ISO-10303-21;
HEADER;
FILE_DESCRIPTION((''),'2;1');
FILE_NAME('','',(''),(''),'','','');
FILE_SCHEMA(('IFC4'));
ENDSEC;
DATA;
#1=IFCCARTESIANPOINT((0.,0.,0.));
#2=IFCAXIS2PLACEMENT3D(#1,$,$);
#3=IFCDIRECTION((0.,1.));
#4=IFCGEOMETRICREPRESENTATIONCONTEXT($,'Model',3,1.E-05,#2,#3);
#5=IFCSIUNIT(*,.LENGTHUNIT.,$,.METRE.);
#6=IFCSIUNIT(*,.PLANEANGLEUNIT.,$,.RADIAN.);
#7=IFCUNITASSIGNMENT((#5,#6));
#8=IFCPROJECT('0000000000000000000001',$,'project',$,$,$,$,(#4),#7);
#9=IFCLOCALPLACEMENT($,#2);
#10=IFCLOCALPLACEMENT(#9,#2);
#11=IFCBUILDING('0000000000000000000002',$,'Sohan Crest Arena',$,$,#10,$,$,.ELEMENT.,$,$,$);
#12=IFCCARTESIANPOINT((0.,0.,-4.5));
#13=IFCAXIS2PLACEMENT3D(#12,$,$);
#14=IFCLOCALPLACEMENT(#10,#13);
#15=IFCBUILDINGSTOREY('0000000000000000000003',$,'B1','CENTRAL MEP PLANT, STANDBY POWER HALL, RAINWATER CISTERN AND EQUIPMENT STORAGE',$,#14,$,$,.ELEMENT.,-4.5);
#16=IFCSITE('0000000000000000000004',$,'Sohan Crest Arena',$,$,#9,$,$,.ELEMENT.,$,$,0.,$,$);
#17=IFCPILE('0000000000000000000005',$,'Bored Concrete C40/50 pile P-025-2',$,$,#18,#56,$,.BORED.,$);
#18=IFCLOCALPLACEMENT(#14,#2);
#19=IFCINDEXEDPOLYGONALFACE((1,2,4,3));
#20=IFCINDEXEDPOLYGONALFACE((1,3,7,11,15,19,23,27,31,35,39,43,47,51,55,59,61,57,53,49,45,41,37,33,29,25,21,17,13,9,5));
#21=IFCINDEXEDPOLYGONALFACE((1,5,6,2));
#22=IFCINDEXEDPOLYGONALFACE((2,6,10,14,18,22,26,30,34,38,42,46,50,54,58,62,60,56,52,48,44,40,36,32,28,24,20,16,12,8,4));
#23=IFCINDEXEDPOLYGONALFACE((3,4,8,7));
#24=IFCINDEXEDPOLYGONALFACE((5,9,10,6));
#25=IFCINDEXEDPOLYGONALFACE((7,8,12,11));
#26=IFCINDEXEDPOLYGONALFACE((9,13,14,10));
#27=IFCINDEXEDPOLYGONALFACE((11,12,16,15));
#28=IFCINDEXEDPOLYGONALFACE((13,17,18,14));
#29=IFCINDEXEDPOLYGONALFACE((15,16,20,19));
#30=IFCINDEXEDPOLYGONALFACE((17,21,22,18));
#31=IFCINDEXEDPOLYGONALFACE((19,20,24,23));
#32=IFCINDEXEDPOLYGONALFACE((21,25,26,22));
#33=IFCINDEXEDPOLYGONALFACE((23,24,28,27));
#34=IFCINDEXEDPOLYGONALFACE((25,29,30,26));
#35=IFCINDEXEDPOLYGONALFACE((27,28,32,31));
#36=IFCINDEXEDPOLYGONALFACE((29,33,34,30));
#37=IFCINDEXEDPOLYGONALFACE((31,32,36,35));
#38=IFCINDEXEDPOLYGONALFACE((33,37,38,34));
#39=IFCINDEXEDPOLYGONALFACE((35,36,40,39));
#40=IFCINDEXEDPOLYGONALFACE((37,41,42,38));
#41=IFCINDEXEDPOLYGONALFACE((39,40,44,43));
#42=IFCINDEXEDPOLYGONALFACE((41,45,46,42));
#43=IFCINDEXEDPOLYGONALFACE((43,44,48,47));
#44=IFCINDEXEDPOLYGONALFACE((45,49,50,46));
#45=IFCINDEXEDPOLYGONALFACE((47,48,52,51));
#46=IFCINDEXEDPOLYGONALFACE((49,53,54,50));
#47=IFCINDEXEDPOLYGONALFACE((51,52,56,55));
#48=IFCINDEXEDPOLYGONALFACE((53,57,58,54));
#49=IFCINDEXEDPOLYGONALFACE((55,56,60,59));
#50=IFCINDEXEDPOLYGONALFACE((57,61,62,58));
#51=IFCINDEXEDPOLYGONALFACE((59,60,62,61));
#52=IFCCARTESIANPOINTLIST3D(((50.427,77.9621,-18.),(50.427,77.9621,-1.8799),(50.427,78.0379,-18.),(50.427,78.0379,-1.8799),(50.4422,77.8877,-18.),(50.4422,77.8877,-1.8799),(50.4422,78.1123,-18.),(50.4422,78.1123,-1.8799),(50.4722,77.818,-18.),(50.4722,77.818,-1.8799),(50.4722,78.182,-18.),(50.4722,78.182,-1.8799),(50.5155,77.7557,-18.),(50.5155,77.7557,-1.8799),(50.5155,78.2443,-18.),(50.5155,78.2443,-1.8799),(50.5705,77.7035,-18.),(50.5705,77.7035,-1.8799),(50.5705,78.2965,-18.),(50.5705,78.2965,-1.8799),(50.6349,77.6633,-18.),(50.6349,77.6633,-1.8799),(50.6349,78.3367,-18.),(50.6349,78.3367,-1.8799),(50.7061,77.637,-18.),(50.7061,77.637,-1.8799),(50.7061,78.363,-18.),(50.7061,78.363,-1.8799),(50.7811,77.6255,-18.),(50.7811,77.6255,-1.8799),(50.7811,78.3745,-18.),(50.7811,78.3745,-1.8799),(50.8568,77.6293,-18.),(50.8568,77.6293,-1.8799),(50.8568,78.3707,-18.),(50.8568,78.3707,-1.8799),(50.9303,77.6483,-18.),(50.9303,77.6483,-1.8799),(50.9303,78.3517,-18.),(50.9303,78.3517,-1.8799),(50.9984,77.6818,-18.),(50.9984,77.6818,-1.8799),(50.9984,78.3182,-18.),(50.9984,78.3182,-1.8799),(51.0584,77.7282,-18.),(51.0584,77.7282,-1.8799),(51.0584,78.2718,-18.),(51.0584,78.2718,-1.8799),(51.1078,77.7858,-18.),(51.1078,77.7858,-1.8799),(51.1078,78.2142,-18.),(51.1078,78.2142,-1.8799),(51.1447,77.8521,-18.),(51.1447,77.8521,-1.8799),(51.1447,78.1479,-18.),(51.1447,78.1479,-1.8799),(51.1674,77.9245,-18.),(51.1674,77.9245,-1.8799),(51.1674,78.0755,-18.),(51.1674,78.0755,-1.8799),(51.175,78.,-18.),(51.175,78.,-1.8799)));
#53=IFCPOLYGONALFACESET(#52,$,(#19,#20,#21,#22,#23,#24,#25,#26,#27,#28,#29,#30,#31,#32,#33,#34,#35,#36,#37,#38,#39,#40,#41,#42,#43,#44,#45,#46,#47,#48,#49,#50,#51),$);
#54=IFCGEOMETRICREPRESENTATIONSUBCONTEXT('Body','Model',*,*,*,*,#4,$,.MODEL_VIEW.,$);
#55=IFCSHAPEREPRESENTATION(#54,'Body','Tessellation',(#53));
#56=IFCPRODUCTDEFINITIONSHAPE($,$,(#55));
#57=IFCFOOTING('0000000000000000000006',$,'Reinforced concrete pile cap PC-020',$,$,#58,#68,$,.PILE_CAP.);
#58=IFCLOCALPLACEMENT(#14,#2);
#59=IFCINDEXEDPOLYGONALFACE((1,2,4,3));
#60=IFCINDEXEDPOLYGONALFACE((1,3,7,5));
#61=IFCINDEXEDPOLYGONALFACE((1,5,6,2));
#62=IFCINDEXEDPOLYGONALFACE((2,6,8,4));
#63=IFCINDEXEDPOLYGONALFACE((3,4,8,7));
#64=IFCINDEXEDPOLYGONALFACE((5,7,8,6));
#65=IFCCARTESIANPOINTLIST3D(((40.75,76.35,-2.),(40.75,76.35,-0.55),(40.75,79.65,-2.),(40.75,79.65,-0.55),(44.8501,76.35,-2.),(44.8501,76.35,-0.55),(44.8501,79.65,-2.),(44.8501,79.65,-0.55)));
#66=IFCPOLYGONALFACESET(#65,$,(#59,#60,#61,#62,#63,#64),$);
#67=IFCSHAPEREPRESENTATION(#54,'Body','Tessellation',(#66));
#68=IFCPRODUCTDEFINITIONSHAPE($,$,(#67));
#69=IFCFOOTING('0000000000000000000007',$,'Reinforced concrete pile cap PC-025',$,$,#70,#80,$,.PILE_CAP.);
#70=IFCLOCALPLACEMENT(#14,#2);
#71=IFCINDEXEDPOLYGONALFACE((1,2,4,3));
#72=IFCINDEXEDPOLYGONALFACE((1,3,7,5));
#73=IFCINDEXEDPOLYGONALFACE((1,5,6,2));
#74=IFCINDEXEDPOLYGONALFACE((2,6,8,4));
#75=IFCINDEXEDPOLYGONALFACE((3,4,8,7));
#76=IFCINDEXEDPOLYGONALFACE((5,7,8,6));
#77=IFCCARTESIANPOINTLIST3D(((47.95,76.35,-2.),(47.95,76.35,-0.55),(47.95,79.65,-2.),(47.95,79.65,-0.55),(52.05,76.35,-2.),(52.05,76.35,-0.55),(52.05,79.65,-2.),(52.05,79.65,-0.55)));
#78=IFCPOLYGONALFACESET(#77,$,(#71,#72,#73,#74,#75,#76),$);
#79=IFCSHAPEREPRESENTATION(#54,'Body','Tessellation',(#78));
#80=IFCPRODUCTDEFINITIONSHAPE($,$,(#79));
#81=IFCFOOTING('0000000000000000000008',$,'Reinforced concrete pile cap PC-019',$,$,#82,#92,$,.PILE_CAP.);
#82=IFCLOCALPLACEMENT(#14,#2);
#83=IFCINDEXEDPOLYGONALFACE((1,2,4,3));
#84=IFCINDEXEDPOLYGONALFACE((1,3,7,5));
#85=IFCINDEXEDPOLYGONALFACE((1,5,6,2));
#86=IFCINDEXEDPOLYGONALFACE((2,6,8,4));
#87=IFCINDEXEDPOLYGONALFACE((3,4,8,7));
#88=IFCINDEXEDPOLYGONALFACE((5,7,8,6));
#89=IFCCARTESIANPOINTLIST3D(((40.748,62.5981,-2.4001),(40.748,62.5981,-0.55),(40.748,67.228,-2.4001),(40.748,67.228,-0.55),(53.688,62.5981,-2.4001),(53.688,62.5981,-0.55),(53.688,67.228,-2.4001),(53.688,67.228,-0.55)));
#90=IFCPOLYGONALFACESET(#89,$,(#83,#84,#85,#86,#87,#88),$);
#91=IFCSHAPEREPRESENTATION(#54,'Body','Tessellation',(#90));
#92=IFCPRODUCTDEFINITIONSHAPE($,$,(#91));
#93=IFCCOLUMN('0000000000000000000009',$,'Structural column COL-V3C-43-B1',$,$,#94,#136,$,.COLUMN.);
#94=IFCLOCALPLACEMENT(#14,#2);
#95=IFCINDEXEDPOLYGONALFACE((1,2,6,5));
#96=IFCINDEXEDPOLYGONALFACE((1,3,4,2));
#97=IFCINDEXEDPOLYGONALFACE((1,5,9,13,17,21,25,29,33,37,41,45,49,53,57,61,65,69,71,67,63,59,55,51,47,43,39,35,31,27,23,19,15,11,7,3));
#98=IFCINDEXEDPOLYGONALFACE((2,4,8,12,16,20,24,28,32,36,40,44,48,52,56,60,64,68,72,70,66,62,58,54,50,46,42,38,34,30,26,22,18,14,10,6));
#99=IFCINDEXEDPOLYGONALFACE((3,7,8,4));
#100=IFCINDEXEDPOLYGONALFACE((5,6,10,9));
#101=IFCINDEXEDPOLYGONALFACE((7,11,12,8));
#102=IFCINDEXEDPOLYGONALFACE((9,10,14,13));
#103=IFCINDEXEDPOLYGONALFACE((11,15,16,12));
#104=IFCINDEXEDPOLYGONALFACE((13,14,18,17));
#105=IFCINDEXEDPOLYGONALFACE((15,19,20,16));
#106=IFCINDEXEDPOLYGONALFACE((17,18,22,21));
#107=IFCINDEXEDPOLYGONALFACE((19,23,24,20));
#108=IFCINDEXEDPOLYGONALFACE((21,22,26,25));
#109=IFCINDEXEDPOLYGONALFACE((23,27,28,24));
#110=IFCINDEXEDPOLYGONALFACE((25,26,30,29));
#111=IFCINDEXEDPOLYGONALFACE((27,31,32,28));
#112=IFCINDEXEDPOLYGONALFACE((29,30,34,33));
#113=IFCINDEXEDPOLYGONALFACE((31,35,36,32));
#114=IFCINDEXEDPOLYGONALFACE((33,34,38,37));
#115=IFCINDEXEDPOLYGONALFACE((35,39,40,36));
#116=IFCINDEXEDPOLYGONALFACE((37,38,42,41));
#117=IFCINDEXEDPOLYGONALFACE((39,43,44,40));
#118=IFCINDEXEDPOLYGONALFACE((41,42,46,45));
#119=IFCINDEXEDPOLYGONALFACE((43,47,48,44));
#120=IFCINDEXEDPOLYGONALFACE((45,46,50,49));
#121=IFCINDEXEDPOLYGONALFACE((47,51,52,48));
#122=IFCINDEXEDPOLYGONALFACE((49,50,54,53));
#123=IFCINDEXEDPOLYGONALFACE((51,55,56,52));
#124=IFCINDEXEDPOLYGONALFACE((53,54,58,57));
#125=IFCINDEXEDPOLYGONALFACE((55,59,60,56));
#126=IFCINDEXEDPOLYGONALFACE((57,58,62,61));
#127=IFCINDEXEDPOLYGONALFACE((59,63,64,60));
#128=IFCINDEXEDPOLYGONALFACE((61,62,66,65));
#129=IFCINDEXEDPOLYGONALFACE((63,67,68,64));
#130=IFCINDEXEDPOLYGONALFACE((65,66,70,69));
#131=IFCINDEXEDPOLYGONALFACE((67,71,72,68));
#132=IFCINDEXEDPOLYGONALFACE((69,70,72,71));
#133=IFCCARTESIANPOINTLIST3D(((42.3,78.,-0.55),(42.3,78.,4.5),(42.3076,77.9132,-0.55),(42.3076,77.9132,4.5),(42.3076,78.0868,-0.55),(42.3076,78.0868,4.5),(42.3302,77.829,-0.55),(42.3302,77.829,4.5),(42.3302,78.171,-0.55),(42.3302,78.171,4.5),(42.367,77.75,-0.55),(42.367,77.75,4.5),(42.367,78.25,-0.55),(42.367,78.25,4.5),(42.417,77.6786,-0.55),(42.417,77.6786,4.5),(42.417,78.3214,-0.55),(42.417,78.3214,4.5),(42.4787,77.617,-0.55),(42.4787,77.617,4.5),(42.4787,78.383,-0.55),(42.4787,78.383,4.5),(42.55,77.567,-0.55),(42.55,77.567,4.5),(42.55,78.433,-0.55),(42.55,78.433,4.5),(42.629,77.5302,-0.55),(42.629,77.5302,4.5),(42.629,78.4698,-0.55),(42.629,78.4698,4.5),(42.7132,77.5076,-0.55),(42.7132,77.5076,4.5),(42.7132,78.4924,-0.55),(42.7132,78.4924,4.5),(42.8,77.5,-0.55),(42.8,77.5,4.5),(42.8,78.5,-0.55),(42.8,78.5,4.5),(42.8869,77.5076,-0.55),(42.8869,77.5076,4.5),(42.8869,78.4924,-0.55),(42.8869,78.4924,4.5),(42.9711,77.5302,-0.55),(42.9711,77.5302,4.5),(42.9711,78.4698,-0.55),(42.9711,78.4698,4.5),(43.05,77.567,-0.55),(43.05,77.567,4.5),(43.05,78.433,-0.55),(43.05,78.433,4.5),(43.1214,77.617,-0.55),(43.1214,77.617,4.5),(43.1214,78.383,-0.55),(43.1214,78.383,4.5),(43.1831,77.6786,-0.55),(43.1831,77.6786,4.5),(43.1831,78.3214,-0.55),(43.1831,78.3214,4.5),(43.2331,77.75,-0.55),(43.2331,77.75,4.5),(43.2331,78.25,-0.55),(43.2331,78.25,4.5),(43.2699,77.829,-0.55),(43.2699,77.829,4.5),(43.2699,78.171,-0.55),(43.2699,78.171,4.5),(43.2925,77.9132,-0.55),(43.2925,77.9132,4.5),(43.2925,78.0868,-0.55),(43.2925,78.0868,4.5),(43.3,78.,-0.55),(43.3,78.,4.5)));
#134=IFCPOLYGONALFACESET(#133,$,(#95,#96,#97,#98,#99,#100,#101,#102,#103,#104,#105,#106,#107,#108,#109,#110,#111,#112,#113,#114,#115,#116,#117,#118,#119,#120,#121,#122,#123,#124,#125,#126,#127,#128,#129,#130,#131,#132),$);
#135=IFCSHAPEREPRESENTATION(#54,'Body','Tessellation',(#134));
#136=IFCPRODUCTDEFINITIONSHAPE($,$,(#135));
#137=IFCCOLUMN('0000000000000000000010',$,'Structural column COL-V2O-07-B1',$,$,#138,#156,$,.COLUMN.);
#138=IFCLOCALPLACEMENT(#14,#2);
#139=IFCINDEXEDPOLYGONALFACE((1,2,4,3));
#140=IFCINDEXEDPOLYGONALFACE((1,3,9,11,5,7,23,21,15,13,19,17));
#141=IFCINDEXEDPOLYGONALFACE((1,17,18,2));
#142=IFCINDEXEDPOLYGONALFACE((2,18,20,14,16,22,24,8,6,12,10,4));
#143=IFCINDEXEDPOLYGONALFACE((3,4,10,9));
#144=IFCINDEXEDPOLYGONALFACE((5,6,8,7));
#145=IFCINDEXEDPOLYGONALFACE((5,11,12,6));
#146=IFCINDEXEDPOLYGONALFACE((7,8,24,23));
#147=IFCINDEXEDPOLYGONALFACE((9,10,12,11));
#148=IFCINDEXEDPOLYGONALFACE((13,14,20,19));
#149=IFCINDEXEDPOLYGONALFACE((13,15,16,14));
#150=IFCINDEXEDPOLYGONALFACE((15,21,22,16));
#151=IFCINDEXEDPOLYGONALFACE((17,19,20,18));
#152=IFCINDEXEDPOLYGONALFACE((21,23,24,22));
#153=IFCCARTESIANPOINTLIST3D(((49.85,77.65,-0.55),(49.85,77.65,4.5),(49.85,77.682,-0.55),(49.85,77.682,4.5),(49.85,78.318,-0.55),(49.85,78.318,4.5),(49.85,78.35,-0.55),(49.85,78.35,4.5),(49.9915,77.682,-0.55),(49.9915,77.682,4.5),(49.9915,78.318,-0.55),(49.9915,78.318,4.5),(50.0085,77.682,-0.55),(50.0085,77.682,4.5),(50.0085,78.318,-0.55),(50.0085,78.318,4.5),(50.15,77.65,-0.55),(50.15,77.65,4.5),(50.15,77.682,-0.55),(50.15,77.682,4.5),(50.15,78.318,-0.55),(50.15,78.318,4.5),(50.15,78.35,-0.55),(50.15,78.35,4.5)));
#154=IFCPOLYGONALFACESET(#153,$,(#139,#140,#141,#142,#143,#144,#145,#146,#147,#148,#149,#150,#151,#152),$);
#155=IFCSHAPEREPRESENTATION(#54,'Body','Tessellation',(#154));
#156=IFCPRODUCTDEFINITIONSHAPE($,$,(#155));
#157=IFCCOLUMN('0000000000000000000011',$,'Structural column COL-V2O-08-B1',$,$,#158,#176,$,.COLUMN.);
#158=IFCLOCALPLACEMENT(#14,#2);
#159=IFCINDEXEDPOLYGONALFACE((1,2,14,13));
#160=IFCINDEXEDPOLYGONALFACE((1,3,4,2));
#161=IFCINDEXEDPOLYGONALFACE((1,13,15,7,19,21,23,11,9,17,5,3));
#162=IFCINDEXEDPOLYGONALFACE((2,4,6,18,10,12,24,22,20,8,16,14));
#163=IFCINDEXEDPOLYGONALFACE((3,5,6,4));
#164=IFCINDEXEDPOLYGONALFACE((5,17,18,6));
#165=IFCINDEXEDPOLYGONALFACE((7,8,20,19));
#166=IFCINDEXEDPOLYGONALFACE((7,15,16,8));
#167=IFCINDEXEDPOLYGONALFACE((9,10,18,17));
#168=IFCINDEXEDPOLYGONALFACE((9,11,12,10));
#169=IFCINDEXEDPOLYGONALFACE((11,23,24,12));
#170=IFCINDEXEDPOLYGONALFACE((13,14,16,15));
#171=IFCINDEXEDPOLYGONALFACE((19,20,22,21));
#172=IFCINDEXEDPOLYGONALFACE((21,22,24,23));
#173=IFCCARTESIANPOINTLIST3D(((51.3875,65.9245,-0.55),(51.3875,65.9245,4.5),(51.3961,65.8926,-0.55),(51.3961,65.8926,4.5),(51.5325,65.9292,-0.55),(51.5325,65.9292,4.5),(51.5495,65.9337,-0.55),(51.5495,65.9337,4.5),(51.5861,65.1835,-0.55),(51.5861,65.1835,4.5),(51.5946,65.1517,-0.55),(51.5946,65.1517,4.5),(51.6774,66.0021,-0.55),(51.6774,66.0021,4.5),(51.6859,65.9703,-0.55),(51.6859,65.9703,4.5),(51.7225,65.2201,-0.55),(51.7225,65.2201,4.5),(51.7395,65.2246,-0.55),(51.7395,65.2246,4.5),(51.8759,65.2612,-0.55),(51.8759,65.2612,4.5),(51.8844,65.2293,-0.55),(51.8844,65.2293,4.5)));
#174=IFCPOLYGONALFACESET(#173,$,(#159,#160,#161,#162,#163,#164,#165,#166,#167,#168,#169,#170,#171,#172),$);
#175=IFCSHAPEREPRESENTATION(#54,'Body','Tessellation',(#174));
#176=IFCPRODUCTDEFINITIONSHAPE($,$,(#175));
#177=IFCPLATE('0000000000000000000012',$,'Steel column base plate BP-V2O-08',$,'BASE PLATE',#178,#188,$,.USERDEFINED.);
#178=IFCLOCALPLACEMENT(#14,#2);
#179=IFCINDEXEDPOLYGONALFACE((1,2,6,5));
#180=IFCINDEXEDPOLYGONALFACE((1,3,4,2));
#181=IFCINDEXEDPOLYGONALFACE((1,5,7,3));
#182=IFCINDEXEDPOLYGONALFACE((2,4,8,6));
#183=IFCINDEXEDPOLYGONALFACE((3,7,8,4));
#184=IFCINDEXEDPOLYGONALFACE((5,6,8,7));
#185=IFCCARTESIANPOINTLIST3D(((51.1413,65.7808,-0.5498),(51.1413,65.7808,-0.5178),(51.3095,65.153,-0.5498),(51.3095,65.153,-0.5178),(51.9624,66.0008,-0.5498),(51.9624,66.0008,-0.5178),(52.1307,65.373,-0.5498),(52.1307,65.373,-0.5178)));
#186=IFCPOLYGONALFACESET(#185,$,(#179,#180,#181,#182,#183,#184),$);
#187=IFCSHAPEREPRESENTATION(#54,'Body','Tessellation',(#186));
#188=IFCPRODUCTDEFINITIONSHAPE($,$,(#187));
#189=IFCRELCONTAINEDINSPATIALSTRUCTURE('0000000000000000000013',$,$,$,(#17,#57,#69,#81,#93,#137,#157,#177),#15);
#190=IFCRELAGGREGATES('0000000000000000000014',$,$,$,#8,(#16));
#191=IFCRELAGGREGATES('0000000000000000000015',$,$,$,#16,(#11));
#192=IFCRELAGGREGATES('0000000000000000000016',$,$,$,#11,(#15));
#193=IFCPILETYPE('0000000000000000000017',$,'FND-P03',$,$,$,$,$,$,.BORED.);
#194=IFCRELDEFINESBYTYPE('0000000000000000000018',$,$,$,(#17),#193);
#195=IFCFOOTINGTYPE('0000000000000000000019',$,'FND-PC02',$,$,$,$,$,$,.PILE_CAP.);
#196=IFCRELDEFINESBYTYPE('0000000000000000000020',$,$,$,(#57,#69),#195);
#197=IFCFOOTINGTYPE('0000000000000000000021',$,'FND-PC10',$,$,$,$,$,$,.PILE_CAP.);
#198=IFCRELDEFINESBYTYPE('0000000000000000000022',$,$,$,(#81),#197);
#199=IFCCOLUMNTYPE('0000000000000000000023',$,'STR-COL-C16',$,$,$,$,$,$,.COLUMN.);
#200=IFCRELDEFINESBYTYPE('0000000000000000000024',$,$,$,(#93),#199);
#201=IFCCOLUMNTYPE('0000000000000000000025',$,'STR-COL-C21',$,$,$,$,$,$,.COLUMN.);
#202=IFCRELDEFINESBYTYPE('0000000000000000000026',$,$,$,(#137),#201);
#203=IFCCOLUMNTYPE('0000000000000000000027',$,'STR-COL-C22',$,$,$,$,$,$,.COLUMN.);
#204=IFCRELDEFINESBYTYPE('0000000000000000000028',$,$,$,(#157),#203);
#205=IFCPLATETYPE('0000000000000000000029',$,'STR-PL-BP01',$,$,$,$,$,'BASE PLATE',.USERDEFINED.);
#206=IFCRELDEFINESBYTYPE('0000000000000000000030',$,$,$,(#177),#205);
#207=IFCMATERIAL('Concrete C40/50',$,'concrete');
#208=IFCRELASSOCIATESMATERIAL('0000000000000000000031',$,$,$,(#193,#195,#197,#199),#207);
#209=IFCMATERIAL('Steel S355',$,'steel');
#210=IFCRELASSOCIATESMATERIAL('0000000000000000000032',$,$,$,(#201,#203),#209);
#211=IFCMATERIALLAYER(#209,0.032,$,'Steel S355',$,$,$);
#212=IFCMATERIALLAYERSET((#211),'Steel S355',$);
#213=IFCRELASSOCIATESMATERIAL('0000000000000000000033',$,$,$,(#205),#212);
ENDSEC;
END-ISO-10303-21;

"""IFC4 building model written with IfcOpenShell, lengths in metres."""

from ifc_helpers import new_model, si_unit, direction, frame, origin, origin_2d, place, context, subcontext, project, spatial, rectangle, circle, i_section, extrude, material, layer, layer_set, material_profile, profile_set, type_object, element, save


model = new_model("IFC4")

# Units and contexts
model_context = context("Model", 3, precision=1e-05, world=origin(), true_north=direction((0.0, 1.0)))
body_context = subcontext(model_context, "Body", "Model", "MODEL_VIEW")
ifc_project = project(units=[si_unit("LENGTHUNIT", "METRE"), si_unit("PLANEANGLEUNIT", "RADIAN")], contexts=[model_context])

# Site, building, storey
site_placement = place(None, origin())
site = spatial("IfcSite", under=ifc_project, at=site_placement, Name="Sohan Crest Arena", CompositionType="ELEMENT", RefElevation=0.0)
building_placement = place(site_placement, origin())
building = spatial("IfcBuilding", under=site, at=building_placement, Name="Sohan Crest Arena", CompositionType="ELEMENT")
storey_placement = place(building_placement, frame((0.0, 0.0, -4.5)))
storey = spatial("IfcBuildingStorey", under=building, at=storey_placement, Name="B1", Description="CENTRAL MEP PLANT, STANDBY POWER HALL, RAINWATER CISTERN AND EQUIPMENT STORAGE", CompositionType="ELEMENT", Elevation=-4.5)

# Shared definitions
ifc_material_1 = material(Name="Concrete C40/50", Category="concrete")

# Pile
ifc_material_profile_1 = material_profile(ifc_material_1, circle(Radius=0.375, at=origin_2d()), Name="PILE D750")
ifc_profile_set_1 = profile_set([ifc_material_profile_1], Name="Concrete C40/50")
pile_type_1 = type_object("IfcPileType", Name="FND-P03", PredefinedType="BORED", material=ifc_profile_set_1)
for number, where, z_axis, x_axis, name in (
    (1, (50.8, 78.0, -18.0), (0.0, 0.0, 1.0), (1.0, 0.0, 0.0), "Bored Concrete C40/50 pile P-025-2"),
):
    element("IfcPile", number, at=place(storey_placement, frame(where, z_axis=z_axis, x_axis=x_axis)), inside=storey, type_object=pile_type_1, Name=name, PredefinedType="BORED", context=body_context, shape_type="SweptSolid", body=[
        extrude(circle(Radius=0.375, at=origin_2d()), origin(), (0.0, 0.0, 1.0), 16.1201),
    ])

# Footings
footing_type_1 = type_object("IfcFootingType", Name="FND-PC02", PredefinedType="PILE_CAP", material=ifc_material_1)
for number, where, z_axis, x_axis, name in (
    (2, (42.8, 78.0, -2.0), (0.0, 0.0, 1.0), (1.0, 0.0, 0.0), "Reinforced concrete pile cap PC-020"),
    (3, (50.0, 78.0, -2.0), (0.0, 0.0, 1.0), (1.0, 0.0, 0.0), "Reinforced concrete pile cap PC-025"),
):
    element("IfcFooting", number, at=place(storey_placement, frame(where, z_axis=z_axis, x_axis=x_axis)), inside=storey, type_object=footing_type_1, Name=name, PredefinedType="PILE_CAP", context=body_context, shape_type="SweptSolid", body=[
        extrude(rectangle(XDim=4.1001, YDim=3.3, at=origin_2d()), origin(), (0.0, 0.0, 1.0), 1.45),
    ])
footing_type_2 = type_object("IfcFootingType", Name="FND-PC10", PredefinedType="PILE_CAP", material=ifc_material_1)
footing_1_placement = place(storey_placement, frame((47.218, 64.9131, -2.4001), z_axis=(0.0, 0.0, 1.0), x_axis=(1.0, 0.0, 0.0)))
element("IfcFooting", 4, at=footing_1_placement, inside=storey, type_object=footing_type_2, Name="Reinforced concrete pile cap PC-019", PredefinedType="PILE_CAP", context=body_context, shape_type="SweptSolid", body=[
    extrude(rectangle(XDim=12.9399, YDim=4.6299, at=origin_2d()), origin(), (0.0, 0.0, 1.0), 1.8501),
])

# Columns
ifc_material_profile_2 = material_profile(ifc_material_1, circle(Radius=0.5, at=origin_2d()), Name="RC D1000")
ifc_profile_set_2 = profile_set([ifc_material_profile_2], Name="Concrete C40/50")
column_type_1 = type_object("IfcColumnType", Name="STR-COL-C16", PredefinedType="COLUMN", material=ifc_profile_set_2)
column_1_placement = place(storey_placement, frame((42.8, 78.0, -0.55), z_axis=(0.0, 0.0, 1.0), x_axis=(1.0, 0.0, 0.0)))
element("IfcColumn", 5, at=column_1_placement, inside=storey, type_object=column_type_1, Name="Structural column COL-V3C-43-B1", PredefinedType="COLUMN", context=body_context, shape_type="SweptSolid", body=[
    extrude(circle(Radius=0.5, at=origin_2d()), origin(), (0.0, 0.0, 1.0), 5.05),
])
ifc_material_2 = material(Name="Steel S355", Category="steel")
ifc_material_profile_3 = material_profile(ifc_material_2, i_section(OverallWidth=0.3, OverallDepth=0.7, WebThickness=0.0171, FlangeThickness=0.032, at=origin_2d()), Name="HEB 700")
ifc_profile_set_3 = profile_set([ifc_material_profile_3], Name="Steel S355")
column_type_2 = type_object("IfcColumnType", Name="STR-COL-C21", PredefinedType="COLUMN", material=ifc_profile_set_3)
column_2_placement = place(storey_placement, frame((50.0, 78.0, -0.55), z_axis=(0.0, 0.0, 1.0), x_axis=(1.0, 0.0, 0.0)))
element("IfcColumn", 6, at=column_2_placement, inside=storey, type_object=column_type_2, Name="Structural column COL-V2O-07-B1", PredefinedType="COLUMN", context=body_context, shape_type="SweptSolid", body=[
    extrude(i_section(OverallWidth=0.3, OverallDepth=0.7, WebThickness=0.0171, FlangeThickness=0.032, at=origin_2d()), origin(), (0.0, 0.0, 1.0), 5.05),
])
ifc_material_profile_4 = material_profile(ifc_material_2, i_section(OverallWidth=0.3, OverallDepth=0.8, WebThickness=0.0176, FlangeThickness=0.033, at=origin_2d()), Name="HEB 800")
ifc_profile_set_4 = profile_set([ifc_material_profile_4], Name="Steel S355")
column_type_3 = type_object("IfcColumnType", Name="STR-COL-C22", PredefinedType="COLUMN", material=ifc_profile_set_4)
column_3_placement = place(storey_placement, frame((51.636, 65.5769, -0.55), z_axis=(0.0, 0.0, 1.0), x_axis=(0.965926, 0.258819, 0.0)))
element("IfcColumn", 7, at=column_3_placement, inside=storey, type_object=column_type_3, Name="Structural column COL-V2O-08-B1", PredefinedType="COLUMN", context=body_context, shape_type="SweptSolid", body=[
    extrude(i_section(OverallWidth=0.3, OverallDepth=0.8, WebThickness=0.0176, FlangeThickness=0.033, at=origin_2d()), origin(), (0.0, 0.0, 1.0), 5.05),
])

# Plate
ifc_layer_1 = layer(ifc_material_2, 0.032, Name="Steel S355")
ifc_layer_set_1 = layer_set([ifc_layer_1], Name="Steel S355")
plate_type_1 = type_object("IfcPlateType", Name="STR-PL-BP01", ElementType="BASE PLATE", PredefinedType="USERDEFINED", material=ifc_layer_set_1)
plate_1_placement = place(storey_placement, frame((51.636, 65.5769, -0.5498), z_axis=(0.0, 0.0, 1.0), x_axis=(0.965926, 0.258819, 0.0)))
element("IfcPlate", 8, at=plate_1_placement, inside=storey, type_object=plate_type_1, Name="Steel column base plate BP-V2O-08", ObjectType="BASE PLATE", PredefinedType="USERDEFINED", context=body_context, shape_type="SweptSolid", body=[
    extrude(rectangle(XDim=0.8501, YDim=0.6499, at=origin_2d()), origin(), (0.0, 0.0, 1.0), 0.032),
])

save(model, "model.ifc")
